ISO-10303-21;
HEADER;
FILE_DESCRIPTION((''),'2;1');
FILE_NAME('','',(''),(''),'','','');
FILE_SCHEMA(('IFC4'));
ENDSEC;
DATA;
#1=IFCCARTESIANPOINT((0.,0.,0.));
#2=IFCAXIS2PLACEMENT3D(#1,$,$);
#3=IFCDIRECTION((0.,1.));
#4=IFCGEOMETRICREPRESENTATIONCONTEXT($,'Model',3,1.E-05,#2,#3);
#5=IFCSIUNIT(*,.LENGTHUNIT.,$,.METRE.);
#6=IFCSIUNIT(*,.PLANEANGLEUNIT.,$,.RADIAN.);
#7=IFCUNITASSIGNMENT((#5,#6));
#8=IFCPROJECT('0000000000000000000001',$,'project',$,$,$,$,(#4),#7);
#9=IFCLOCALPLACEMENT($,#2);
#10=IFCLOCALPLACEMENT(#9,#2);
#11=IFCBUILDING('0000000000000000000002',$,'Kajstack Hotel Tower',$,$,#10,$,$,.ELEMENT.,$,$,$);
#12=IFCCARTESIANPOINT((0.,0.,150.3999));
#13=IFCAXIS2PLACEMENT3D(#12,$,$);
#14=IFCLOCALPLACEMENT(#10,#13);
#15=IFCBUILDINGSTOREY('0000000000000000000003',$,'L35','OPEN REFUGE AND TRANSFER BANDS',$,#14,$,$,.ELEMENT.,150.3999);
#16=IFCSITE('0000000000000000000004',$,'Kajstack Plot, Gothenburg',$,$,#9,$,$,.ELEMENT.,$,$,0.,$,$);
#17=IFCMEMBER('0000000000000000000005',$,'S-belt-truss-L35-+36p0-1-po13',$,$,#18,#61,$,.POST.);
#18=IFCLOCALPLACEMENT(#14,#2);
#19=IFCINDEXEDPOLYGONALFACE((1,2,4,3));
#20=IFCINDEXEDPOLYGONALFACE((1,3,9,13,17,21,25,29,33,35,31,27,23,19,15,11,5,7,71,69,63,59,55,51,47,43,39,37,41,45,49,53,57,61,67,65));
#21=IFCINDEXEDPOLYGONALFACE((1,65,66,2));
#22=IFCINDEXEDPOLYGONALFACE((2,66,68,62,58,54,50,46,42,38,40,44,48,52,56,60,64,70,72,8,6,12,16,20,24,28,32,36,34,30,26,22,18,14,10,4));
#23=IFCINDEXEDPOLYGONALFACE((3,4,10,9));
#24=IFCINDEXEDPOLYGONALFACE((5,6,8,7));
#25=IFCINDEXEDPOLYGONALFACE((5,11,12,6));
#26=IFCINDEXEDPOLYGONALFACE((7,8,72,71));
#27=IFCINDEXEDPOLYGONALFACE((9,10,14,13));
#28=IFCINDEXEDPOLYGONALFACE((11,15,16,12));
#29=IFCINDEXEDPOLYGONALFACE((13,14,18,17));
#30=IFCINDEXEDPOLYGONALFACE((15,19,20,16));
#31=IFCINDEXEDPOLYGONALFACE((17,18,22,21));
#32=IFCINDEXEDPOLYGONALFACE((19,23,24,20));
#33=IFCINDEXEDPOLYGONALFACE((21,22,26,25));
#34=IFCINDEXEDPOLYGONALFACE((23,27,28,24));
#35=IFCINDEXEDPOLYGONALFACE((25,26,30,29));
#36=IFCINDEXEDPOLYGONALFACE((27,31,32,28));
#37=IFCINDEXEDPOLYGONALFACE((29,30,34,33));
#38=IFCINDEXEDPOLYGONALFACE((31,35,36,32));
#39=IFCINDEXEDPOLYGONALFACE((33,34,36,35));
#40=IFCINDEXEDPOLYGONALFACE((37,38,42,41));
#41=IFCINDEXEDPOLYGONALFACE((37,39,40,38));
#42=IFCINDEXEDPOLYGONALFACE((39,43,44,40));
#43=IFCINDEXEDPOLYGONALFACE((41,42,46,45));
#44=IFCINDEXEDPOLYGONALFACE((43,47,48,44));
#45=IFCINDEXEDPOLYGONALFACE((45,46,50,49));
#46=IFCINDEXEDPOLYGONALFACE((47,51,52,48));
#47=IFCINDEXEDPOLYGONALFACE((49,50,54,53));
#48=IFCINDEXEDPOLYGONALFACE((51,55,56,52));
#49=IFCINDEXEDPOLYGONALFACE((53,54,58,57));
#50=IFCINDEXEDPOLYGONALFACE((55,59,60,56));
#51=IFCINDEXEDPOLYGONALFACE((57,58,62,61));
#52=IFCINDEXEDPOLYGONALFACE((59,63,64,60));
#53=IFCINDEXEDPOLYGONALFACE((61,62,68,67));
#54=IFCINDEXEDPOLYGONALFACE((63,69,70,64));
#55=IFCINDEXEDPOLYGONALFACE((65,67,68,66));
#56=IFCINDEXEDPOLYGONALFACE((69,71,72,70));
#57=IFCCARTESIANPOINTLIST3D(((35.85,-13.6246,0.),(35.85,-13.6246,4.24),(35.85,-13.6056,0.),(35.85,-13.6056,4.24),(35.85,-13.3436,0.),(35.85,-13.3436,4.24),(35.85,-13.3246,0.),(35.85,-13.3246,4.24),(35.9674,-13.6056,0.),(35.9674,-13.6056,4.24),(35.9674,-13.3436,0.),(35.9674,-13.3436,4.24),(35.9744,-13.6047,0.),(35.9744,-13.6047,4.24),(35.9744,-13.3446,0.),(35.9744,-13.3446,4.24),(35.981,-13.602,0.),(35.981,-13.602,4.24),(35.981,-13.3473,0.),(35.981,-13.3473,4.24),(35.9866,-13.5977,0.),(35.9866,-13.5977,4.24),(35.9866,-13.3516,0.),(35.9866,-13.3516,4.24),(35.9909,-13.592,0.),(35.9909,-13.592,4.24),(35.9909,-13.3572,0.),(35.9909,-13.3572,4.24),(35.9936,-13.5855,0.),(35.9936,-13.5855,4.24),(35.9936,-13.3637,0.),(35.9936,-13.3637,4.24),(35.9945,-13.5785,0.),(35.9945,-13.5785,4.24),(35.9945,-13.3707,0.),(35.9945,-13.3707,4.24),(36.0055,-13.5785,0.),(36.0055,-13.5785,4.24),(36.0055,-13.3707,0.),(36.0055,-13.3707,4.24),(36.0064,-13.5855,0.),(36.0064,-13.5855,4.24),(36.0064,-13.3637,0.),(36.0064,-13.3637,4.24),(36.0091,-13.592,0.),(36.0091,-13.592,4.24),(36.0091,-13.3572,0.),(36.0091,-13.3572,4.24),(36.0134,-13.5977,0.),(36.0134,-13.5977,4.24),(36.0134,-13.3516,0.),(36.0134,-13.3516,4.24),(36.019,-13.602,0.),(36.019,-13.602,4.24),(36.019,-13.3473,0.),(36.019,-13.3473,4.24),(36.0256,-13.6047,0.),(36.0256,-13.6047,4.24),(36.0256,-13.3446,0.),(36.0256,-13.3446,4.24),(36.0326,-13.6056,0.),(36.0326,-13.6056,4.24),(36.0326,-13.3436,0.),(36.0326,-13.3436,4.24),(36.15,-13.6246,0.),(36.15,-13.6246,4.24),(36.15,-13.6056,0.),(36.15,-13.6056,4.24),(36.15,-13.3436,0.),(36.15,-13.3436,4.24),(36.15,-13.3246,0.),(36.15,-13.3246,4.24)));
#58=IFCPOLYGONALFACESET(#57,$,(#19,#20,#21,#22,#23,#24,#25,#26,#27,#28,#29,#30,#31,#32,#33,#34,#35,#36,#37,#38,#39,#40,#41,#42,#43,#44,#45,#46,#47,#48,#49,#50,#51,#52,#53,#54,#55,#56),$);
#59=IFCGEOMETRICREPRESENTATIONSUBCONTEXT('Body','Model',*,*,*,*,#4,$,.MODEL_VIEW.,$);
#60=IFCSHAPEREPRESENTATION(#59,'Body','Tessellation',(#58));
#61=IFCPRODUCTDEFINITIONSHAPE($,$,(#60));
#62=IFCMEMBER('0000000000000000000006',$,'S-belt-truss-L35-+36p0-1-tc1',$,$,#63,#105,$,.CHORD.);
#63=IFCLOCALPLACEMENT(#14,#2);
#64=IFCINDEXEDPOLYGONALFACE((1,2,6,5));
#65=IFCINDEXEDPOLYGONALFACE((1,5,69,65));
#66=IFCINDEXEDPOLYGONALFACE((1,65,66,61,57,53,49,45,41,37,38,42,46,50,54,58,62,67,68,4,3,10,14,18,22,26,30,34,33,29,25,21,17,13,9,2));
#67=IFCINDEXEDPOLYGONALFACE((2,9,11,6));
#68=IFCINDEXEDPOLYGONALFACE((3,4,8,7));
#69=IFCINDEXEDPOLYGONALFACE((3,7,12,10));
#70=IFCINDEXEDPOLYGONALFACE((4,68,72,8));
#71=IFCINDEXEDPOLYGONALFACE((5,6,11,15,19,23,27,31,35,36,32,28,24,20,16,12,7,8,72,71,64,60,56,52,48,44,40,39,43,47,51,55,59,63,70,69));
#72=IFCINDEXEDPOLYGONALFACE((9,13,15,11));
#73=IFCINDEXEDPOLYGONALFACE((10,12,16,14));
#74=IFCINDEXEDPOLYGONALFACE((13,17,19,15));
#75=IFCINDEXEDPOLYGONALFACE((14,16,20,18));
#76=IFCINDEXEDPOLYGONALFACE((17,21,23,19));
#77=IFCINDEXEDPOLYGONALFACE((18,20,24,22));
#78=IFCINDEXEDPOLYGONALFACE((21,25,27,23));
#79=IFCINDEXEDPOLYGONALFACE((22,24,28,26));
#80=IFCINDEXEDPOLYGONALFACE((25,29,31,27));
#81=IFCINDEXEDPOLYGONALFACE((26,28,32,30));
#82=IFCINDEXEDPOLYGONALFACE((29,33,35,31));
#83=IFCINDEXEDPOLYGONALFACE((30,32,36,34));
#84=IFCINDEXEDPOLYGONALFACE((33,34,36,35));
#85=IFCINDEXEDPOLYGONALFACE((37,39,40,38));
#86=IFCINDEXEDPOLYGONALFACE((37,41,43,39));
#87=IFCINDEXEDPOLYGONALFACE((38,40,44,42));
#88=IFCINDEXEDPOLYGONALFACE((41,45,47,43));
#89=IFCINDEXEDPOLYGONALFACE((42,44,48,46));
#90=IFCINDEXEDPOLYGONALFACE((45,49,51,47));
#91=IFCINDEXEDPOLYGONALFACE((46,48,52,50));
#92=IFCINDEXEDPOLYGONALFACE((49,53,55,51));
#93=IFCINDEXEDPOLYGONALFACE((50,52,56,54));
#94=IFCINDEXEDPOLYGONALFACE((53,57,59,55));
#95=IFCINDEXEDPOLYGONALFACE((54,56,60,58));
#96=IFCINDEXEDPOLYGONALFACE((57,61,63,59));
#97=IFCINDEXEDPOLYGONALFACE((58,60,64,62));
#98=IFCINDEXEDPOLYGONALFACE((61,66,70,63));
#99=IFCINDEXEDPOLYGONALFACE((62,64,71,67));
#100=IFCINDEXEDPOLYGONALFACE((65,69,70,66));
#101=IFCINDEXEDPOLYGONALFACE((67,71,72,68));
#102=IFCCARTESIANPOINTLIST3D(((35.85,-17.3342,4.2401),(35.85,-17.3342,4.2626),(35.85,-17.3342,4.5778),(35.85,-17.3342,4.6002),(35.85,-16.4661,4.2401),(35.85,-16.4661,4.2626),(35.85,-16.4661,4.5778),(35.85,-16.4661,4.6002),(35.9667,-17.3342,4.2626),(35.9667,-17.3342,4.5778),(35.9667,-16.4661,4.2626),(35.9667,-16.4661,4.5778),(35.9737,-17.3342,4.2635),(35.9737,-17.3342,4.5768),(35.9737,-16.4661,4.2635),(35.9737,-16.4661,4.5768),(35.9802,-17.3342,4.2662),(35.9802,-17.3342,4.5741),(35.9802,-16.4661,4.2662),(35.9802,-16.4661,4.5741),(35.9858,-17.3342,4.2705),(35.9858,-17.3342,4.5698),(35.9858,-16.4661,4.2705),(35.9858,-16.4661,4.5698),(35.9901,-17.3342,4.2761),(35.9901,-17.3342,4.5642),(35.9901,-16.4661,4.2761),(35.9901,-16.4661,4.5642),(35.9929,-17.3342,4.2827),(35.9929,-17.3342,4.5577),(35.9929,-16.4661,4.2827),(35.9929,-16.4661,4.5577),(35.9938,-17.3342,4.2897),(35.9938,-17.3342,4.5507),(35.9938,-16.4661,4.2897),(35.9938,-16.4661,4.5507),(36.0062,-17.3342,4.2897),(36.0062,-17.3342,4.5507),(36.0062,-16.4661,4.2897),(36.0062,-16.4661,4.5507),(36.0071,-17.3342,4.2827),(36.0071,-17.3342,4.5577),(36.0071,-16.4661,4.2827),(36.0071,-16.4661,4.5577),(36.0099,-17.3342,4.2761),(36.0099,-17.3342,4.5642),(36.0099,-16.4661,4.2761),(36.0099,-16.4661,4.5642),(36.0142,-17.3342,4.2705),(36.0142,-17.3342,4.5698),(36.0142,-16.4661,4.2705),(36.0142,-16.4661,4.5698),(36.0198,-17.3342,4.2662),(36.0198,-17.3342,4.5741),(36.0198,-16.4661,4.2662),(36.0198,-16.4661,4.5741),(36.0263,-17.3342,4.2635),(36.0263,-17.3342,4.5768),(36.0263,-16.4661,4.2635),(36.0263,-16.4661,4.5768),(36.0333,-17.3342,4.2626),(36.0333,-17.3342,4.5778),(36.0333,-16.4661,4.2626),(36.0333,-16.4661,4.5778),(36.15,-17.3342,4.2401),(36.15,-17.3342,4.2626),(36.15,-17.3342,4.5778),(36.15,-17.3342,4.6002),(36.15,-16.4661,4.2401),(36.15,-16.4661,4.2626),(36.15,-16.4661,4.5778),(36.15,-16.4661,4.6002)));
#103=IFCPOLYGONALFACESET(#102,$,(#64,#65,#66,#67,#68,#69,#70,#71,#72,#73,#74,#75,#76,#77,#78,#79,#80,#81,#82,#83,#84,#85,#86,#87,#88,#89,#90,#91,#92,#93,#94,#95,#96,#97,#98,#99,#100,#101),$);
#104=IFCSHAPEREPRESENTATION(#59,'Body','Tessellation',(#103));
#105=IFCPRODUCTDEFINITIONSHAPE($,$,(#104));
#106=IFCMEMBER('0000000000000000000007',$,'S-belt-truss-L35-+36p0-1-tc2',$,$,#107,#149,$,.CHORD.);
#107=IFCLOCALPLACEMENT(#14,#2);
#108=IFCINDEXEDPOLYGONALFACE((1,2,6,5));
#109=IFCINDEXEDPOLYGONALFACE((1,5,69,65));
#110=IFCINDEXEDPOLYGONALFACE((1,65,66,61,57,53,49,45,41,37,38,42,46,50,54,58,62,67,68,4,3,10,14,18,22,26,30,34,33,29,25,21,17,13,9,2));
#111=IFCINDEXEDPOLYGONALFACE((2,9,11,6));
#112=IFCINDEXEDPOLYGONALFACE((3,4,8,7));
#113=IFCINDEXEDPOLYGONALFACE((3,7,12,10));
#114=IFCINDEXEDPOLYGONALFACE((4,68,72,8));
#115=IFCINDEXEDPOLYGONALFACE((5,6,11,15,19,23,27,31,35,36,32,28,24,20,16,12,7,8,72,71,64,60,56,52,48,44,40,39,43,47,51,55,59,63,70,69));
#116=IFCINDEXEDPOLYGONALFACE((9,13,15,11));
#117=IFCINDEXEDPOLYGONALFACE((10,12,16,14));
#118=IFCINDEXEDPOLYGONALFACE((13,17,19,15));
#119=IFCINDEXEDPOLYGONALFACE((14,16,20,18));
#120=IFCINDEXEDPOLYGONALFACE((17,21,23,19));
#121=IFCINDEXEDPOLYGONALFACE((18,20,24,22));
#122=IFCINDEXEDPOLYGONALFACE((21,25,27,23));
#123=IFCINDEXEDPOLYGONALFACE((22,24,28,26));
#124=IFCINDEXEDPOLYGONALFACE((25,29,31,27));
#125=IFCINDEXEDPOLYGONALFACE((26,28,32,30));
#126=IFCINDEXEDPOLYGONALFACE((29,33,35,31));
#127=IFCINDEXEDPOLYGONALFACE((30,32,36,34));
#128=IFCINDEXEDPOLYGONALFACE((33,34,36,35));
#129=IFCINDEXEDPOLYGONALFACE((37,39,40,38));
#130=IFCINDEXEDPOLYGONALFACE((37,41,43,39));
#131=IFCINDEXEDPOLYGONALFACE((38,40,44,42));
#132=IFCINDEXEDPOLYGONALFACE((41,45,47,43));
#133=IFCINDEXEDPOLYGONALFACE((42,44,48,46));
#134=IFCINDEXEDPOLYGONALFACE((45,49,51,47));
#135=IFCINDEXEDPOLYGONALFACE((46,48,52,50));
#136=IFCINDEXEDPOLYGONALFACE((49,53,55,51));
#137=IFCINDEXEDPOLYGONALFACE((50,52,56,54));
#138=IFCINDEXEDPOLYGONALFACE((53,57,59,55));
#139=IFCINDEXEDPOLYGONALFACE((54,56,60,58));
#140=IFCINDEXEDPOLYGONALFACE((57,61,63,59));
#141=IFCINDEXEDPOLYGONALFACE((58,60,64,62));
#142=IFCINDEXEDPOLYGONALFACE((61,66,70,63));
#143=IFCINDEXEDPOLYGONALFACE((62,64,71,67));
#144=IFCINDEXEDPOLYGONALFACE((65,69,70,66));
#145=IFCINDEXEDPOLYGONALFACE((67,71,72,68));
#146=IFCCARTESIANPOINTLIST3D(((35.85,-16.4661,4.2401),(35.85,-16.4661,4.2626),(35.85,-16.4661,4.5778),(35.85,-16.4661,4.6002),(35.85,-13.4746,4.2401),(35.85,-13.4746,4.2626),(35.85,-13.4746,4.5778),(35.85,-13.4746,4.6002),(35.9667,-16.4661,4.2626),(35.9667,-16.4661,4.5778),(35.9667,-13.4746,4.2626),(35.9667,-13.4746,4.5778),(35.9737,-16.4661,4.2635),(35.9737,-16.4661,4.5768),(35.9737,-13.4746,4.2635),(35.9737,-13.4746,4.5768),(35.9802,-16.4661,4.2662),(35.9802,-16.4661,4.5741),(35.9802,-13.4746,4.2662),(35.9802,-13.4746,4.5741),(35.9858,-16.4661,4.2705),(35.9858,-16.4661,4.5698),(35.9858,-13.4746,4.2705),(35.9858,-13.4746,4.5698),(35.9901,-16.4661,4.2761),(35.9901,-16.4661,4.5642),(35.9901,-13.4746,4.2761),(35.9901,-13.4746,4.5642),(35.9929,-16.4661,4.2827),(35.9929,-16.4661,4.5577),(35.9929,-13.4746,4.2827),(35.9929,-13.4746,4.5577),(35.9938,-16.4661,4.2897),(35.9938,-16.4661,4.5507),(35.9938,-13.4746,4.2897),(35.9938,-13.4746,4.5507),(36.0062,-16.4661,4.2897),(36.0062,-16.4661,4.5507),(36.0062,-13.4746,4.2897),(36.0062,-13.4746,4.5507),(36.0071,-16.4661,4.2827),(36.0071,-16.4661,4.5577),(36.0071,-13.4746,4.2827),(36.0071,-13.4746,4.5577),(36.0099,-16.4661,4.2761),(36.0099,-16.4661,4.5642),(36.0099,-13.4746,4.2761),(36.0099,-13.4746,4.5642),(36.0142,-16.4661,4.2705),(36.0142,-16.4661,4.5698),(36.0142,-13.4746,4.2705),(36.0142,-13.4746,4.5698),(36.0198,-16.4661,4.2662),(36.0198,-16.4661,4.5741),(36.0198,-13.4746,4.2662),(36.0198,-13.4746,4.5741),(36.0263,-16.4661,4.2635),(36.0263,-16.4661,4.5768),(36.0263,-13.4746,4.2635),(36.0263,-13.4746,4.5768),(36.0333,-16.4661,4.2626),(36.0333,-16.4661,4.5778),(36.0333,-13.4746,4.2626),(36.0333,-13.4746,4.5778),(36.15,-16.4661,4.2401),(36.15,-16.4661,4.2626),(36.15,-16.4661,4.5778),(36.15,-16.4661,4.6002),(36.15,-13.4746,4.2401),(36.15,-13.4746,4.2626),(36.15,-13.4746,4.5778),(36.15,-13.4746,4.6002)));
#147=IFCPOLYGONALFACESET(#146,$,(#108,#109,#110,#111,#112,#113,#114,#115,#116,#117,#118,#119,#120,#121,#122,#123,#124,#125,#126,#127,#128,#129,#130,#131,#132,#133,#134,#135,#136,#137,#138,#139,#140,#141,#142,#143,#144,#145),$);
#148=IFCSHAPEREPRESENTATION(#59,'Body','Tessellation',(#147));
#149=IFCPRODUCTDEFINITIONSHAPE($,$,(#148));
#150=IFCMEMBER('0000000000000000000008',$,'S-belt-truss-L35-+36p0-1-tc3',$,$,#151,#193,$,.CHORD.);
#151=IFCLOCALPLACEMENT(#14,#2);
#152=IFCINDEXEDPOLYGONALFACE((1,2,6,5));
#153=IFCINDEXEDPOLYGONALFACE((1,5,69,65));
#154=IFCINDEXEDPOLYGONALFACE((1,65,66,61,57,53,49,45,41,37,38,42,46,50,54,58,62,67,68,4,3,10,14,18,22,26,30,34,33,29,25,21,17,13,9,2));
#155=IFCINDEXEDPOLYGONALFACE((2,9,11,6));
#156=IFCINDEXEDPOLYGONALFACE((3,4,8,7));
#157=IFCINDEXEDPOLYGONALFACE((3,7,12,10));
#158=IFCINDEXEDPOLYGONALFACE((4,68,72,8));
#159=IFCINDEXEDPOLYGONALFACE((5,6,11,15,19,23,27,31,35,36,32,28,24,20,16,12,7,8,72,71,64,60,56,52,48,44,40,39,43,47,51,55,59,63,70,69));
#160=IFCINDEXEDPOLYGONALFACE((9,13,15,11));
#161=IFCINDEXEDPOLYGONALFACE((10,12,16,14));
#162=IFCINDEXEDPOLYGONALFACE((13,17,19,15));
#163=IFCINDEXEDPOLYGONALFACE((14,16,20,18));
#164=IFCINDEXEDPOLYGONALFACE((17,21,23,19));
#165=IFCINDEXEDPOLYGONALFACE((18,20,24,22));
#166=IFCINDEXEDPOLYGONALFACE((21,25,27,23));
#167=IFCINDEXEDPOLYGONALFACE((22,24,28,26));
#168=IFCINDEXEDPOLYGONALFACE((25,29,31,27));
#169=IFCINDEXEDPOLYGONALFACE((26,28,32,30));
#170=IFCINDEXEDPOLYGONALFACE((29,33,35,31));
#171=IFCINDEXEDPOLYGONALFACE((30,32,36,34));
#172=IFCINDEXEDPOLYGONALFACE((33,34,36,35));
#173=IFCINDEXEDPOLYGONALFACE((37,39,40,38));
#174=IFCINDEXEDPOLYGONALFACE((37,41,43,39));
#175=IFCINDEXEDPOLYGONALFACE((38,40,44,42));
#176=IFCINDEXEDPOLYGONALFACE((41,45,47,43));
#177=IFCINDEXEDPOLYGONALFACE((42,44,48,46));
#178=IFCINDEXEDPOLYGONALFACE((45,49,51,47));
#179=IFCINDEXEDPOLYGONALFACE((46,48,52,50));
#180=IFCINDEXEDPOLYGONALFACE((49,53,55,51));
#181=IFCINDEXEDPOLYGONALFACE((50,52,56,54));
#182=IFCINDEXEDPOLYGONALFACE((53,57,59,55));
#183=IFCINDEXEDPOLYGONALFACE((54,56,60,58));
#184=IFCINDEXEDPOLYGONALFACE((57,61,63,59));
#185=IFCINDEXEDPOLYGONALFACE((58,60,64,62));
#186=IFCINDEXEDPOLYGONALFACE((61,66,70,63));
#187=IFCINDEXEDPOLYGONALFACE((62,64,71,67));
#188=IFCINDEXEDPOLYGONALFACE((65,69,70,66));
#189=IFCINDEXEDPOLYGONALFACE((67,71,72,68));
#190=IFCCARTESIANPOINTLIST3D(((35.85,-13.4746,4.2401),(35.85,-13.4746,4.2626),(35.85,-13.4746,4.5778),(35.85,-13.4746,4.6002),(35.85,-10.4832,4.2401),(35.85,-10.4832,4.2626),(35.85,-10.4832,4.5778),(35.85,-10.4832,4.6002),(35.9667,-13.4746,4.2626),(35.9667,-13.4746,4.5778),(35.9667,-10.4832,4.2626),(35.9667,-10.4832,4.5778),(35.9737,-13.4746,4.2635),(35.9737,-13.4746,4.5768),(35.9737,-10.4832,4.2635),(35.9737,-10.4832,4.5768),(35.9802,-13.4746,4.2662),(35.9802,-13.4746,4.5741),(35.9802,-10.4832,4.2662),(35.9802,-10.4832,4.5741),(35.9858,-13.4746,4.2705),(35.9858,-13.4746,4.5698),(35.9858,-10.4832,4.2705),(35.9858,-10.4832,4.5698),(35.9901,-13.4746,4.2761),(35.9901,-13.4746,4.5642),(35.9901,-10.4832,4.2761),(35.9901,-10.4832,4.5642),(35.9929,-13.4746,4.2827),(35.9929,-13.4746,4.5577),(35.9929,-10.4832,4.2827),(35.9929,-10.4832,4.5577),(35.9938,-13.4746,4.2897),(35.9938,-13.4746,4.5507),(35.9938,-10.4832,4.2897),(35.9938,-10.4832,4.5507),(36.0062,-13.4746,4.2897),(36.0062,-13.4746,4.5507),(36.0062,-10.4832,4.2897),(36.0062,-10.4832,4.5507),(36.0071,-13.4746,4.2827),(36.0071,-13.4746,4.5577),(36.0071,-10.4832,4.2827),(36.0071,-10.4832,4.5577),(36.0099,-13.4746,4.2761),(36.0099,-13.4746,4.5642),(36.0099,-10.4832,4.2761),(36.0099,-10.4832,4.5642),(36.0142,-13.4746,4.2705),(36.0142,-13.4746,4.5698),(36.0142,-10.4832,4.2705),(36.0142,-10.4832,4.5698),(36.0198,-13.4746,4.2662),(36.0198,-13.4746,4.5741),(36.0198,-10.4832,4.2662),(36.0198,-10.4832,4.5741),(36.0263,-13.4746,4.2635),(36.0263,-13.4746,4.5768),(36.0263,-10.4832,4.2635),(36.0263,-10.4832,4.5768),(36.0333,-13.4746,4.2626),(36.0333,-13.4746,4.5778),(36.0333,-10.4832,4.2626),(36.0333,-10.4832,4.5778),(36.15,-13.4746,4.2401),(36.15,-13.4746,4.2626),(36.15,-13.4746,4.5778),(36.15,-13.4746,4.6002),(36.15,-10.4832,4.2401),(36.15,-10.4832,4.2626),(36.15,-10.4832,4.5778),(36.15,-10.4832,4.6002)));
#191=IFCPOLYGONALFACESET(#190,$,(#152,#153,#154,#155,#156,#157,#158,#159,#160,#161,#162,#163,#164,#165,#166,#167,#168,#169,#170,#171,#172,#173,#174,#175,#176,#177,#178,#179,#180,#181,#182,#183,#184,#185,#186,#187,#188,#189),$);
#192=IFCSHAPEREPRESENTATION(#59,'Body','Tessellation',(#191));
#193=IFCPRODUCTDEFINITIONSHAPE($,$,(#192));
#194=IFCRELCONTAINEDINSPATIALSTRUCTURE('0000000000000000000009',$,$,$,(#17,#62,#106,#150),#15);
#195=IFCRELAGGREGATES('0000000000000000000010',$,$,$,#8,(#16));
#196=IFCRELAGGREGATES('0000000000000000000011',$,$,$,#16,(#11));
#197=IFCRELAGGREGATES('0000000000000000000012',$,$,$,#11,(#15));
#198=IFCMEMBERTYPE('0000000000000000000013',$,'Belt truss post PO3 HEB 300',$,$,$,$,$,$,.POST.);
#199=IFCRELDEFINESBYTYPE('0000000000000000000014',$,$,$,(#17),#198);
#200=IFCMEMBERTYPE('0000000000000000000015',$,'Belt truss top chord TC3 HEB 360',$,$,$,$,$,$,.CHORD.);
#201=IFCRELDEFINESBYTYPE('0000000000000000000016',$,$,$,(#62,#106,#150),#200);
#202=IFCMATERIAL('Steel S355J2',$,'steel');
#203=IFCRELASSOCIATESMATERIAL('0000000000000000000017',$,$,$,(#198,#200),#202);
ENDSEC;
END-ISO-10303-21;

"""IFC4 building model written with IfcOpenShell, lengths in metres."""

from ifc_helpers import new_model, si_unit, direction, frame, origin, origin_2d, place, context, subcontext, project, spatial, i_section, extrude, material, material_profile, profile_set, type_object, element, save


model = new_model("IFC4")

# Units and contexts
model_context = context("Model", 3, precision=1e-05, world=origin(), true_north=direction((0.0, 1.0)))
body_context = subcontext(model_context, "Body", "Model", "MODEL_VIEW")
ifc_project = project(units=[si_unit("LENGTHUNIT", "METRE"), si_unit("PLANEANGLEUNIT", "RADIAN")], contexts=[model_context])

# Site, building, storey
site_placement = place(None, origin())
site = spatial("IfcSite", under=ifc_project, at=site_placement, Name="Kajstack Plot, Gothenburg", CompositionType="ELEMENT", RefElevation=0.0)
building_placement = place(site_placement, origin())
building = spatial("IfcBuilding", under=site, at=building_placement, Name="Kajstack Hotel Tower", CompositionType="ELEMENT")
storey_placement = place(building_placement, frame((0.0, 0.0, 150.3999)))
storey = spatial("IfcBuildingStorey", under=building, at=storey_placement, Name="L35", Description="OPEN REFUGE AND TRANSFER BANDS", CompositionType="ELEMENT", Elevation=150.3999)

# Members
ifc_material_1 = material(Name="Steel S355J2", Category="steel")
ifc_material_profile_1 = material_profile(ifc_material_1, i_section(OverallWidth=0.3, OverallDepth=0.3, WebThickness=0.011, FlangeThickness=0.019, FilletRadius=0.0271, at=origin_2d()), Name="HEB 300")
ifc_profile_set_1 = profile_set([ifc_material_profile_1], Name="Steel S355J2")
member_type_1 = type_object("IfcMemberType", Name="Belt truss post PO3 HEB 300", PredefinedType="POST", material=ifc_profile_set_1)
for number, where, z_axis, x_axis, name in (
    (1, (36.0, -13.4746, 0.0), (0.0, 0.0, 1.0), (1.0, 0.0, 0.0), "S-belt-truss-L35-+36p0-1-po13"),
):
    element("IfcMember", number, at=place(storey_placement, frame(where, z_axis=z_axis, x_axis=x_axis)), inside=storey, type_object=member_type_1, Name=name, PredefinedType="POST", context=body_context, shape_type="SweptSolid", body=[
        extrude(i_section(OverallWidth=0.3, OverallDepth=0.3, WebThickness=0.011, FlangeThickness=0.019, FilletRadius=0.0271, at=origin_2d()), origin(), (0.0, 0.0, 1.0), 4.24),
    ])
ifc_material_profile_2 = material_profile(ifc_material_1, i_section(OverallWidth=0.3, OverallDepth=0.3601, WebThickness=0.0125, FlangeThickness=0.0225, FilletRadius=0.0271, at=origin_2d()), Name="HEB 360")
ifc_profile_set_2 = profile_set([ifc_material_profile_2], Name="Steel S355J2")
member_type_2 = type_object("IfcMemberType", Name="Belt truss top chord TC3 HEB 360", PredefinedType="CHORD", material=ifc_profile_set_2)
member_1_placement = place(storey_placement, frame((36.0, -17.3342, 4.4202), z_axis=(0.0, 1.0, 0.0), x_axis=(-1.0, 0.0, 0.0)))
element("IfcMember", 2, at=member_1_placement, inside=storey, type_object=member_type_2, Name="S-belt-truss-L35-+36p0-1-tc1", PredefinedType="CHORD", context=body_context, shape_type="SweptSolid", body=[
    extrude(i_section(OverallWidth=0.3, OverallDepth=0.3601, WebThickness=0.0125, FlangeThickness=0.0225, FilletRadius=0.0271, at=origin_2d()), origin(), (0.0, 0.0, 1.0), 0.8682),
])
for number, where, z_axis, x_axis, name in (
    (3, (36.0, -16.4661, 4.4202), (0.0, 1.0, 0.0), (-1.0, 0.0, 0.0), "S-belt-truss-L35-+36p0-1-tc2"),
    (4, (36.0, -13.4746, 4.4202), (0.0, 1.0, 0.0), (-1.0, 0.0, 0.0), "S-belt-truss-L35-+36p0-1-tc3"),
):
    element("IfcMember", number, at=place(storey_placement, frame(where, z_axis=z_axis, x_axis=x_axis)), inside=storey, type_object=member_type_2, Name=name, PredefinedType="CHORD", context=body_context, shape_type="SweptSolid", body=[
        extrude(i_section(OverallWidth=0.3, OverallDepth=0.3601, WebThickness=0.0125, FlangeThickness=0.0225, FilletRadius=0.0271, at=origin_2d()), origin(), (0.0, 0.0, 1.0), 2.9915),
    ])

save(model, "model.ifc")
